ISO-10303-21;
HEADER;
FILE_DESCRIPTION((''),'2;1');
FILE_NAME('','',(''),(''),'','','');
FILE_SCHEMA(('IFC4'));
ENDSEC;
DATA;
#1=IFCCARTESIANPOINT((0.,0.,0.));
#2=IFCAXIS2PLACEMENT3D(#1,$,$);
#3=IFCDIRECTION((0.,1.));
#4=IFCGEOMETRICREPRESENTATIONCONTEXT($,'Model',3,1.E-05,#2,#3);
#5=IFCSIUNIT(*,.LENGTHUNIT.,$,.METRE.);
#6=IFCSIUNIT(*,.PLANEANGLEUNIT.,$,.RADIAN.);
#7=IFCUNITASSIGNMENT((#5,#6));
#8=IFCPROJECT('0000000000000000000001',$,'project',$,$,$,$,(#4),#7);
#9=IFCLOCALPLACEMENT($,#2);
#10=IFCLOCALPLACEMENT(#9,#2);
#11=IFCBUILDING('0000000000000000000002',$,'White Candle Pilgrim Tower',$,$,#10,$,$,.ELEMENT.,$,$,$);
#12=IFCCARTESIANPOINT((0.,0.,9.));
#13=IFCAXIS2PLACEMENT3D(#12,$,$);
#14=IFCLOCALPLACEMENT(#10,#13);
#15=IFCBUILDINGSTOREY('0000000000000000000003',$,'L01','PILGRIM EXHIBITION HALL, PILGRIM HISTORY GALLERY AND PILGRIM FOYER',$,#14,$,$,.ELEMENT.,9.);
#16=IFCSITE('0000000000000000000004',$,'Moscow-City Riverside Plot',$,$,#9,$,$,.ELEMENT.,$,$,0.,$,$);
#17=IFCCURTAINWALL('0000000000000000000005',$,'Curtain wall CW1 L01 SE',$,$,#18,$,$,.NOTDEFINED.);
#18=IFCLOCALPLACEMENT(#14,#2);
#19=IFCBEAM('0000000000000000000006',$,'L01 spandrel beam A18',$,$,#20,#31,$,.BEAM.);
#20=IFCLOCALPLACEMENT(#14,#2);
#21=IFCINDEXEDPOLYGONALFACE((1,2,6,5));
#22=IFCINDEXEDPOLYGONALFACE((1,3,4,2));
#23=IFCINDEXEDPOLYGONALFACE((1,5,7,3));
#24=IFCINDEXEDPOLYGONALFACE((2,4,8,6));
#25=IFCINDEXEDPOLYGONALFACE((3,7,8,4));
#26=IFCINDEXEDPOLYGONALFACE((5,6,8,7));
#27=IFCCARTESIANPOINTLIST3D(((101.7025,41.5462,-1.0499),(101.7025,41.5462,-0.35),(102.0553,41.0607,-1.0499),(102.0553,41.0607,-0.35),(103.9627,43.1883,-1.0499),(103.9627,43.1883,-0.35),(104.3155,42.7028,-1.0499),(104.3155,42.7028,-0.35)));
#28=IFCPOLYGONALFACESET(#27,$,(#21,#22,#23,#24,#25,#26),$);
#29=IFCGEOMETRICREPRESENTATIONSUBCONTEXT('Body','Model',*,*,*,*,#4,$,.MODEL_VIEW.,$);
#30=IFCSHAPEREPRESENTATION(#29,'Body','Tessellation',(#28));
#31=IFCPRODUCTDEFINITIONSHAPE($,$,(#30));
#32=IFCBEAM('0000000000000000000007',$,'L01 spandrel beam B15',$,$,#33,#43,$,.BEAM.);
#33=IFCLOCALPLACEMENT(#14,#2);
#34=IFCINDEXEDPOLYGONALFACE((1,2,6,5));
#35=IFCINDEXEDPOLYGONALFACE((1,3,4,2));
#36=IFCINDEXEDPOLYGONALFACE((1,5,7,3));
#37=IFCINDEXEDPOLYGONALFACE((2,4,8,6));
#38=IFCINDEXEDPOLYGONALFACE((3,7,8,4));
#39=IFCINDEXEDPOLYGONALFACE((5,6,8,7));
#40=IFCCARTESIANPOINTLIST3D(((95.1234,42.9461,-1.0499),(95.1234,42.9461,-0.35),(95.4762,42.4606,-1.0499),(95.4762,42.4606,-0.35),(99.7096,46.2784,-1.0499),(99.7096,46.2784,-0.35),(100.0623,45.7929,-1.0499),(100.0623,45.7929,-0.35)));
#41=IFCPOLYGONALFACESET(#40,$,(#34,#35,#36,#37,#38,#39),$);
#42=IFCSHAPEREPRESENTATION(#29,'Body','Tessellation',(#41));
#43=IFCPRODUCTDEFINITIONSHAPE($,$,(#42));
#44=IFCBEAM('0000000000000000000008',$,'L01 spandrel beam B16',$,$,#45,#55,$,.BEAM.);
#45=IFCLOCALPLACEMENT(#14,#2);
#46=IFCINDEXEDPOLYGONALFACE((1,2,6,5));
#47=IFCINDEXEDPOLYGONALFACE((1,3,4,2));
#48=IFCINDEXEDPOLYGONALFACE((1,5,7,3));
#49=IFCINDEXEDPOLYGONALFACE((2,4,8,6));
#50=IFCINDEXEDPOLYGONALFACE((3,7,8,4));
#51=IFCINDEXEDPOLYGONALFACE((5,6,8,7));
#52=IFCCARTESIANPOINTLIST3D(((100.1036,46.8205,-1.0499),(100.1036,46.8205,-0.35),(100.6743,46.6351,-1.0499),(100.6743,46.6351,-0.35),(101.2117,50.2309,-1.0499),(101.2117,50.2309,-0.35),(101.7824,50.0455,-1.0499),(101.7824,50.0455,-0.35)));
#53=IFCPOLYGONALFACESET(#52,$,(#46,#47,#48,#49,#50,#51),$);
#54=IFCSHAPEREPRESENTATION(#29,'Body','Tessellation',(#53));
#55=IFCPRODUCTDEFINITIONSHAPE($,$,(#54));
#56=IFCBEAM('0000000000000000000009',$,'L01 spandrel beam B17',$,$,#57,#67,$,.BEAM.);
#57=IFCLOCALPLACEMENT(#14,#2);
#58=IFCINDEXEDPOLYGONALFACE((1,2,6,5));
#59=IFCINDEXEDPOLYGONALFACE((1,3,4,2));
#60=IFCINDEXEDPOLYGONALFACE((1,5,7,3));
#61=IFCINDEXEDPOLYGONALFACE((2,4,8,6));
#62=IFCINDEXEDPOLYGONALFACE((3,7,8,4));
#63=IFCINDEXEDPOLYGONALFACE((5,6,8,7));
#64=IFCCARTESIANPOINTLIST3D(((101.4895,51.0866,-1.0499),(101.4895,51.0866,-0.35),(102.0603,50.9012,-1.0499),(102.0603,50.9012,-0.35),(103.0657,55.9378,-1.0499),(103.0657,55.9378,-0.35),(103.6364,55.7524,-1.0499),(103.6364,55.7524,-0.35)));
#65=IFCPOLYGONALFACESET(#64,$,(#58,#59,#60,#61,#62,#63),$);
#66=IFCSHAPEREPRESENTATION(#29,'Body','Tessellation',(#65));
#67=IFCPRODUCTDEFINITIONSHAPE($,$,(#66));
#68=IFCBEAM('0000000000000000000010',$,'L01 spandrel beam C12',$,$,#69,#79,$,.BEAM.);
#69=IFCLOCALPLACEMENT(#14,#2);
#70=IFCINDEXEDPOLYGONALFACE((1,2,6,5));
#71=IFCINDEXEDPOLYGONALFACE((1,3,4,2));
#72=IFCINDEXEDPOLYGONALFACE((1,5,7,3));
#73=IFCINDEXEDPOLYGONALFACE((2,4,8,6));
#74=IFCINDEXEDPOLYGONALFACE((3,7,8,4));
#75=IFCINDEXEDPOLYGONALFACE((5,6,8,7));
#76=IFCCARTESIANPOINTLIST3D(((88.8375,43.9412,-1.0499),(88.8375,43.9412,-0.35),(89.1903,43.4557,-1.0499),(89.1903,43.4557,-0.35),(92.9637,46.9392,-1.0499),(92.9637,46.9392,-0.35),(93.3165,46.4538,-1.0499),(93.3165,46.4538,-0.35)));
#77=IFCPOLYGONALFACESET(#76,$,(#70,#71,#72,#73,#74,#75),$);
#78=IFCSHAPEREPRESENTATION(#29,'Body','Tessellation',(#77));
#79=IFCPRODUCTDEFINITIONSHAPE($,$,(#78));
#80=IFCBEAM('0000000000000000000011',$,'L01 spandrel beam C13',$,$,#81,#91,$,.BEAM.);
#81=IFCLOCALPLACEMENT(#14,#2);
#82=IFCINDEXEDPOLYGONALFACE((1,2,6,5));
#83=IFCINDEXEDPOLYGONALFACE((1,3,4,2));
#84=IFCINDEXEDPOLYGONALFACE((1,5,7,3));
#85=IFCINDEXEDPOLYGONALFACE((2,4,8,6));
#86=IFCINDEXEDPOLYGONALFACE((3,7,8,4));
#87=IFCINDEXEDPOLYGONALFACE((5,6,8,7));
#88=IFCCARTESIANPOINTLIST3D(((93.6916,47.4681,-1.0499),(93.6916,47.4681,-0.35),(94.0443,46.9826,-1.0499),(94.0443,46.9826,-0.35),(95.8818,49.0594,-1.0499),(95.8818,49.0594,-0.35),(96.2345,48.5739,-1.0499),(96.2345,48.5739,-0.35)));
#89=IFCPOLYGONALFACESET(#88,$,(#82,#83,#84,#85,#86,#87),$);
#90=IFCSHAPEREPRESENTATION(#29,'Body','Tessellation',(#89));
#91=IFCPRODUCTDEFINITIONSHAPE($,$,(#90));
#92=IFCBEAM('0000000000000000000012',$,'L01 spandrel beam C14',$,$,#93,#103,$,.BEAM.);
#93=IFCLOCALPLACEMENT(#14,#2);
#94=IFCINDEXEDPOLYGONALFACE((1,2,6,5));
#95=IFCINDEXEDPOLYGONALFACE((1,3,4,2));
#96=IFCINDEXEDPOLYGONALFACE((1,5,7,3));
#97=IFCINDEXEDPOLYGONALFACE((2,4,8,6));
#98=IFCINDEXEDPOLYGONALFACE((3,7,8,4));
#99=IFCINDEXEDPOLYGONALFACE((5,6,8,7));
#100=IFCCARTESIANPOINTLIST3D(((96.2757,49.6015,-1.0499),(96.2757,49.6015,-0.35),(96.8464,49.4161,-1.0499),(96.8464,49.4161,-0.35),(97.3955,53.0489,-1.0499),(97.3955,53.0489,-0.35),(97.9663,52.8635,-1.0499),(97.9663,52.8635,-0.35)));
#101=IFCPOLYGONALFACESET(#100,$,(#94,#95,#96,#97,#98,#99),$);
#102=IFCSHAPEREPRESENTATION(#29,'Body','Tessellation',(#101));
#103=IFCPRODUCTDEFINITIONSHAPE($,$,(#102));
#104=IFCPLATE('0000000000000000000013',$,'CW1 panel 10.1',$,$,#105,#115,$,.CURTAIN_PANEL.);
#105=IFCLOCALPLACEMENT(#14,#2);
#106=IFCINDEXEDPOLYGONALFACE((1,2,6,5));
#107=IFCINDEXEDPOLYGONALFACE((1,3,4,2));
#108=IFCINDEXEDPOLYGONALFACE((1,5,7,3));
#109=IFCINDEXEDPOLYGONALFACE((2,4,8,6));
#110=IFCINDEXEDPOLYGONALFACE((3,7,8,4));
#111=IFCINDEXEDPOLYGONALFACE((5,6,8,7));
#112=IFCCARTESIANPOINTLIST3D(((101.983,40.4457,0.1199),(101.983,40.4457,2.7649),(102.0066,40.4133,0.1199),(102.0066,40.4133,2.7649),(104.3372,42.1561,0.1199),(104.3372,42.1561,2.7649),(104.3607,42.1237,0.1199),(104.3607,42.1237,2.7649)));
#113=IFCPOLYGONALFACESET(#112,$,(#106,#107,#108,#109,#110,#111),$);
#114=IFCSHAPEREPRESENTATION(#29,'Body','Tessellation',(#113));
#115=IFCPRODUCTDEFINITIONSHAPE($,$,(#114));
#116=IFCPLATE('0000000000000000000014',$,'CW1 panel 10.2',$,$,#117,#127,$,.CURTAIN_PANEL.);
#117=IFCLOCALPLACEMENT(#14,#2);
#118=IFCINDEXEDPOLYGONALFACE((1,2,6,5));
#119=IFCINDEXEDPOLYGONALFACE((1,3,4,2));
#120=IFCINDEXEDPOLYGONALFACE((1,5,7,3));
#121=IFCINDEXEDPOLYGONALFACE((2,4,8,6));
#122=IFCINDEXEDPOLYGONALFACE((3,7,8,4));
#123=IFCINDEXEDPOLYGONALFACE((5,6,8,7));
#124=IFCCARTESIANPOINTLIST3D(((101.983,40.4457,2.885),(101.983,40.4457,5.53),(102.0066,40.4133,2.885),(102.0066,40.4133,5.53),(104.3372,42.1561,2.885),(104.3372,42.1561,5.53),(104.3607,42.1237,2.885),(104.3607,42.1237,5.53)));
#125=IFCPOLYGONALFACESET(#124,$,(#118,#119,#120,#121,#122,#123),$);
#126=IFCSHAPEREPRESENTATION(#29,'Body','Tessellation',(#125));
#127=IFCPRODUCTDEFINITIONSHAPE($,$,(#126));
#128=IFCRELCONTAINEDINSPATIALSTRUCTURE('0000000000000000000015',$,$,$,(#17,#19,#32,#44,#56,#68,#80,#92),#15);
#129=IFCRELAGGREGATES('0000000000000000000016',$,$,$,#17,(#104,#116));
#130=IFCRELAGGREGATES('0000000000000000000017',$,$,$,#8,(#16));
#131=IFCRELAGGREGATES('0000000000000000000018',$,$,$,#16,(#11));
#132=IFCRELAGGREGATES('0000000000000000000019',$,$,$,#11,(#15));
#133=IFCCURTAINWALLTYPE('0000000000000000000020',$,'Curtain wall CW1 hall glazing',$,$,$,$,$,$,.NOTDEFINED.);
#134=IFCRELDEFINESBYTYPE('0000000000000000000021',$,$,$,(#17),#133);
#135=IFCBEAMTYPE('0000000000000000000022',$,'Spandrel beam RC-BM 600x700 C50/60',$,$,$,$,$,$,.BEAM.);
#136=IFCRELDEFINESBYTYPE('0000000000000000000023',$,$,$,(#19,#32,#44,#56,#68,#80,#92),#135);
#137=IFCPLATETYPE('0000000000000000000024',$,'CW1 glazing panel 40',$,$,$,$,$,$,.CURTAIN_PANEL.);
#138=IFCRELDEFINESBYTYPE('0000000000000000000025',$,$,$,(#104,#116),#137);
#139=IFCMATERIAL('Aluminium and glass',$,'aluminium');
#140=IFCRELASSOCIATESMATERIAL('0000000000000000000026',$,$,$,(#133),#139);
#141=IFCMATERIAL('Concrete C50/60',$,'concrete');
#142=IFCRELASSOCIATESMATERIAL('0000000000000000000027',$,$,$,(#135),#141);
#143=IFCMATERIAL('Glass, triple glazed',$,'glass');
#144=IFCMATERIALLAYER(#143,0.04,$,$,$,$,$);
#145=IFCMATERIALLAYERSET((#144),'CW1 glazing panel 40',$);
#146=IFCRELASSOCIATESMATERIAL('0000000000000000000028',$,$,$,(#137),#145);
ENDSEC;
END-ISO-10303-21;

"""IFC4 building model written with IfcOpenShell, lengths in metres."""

from ifc_helpers import new_model, si_unit, direction, frame, origin, origin_2d, place, context, subcontext, project, spatial, rectangle, extrude, material, layer, layer_set, material_profile, profile_set, type_object, element, aggregate, save


model = new_model("IFC4")

# Units and contexts
model_context = context("Model", 3, precision=1e-05, world=origin(), true_north=direction((0.0, 1.0)))
body_context = subcontext(model_context, "Body", "Model", "MODEL_VIEW")
ifc_project = project(units=[si_unit("LENGTHUNIT", "METRE"), si_unit("PLANEANGLEUNIT", "RADIAN")], contexts=[model_context])

# Site, building, storey
site_placement = place(None, origin())
site = spatial("IfcSite", under=ifc_project, at=site_placement, Name="Moscow-City Riverside Plot", CompositionType="ELEMENT", RefElevation=0.0)
building_placement = place(site_placement, origin())
building = spatial("IfcBuilding", under=site, at=building_placement, Name="White Candle Pilgrim Tower", CompositionType="ELEMENT")
storey_placement = place(building_placement, frame((0.0, 0.0, 9.0)))
storey = spatial("IfcBuildingStorey", under=building, at=storey_placement, Name="L01", Description="PILGRIM EXHIBITION HALL, PILGRIM HISTORY GALLERY AND PILGRIM FOYER", CompositionType="ELEMENT", Elevation=9.0)

# Curtain wall
ifc_material_1 = material(Name="Aluminium and glass", Category="aluminium")
curtain_wall_type = type_object("IfcCurtainWallType", Name="Curtain wall CW1 hall glazing", PredefinedType="NOTDEFINED", material=ifc_material_1)
curtain_wall_placement = place(storey_placement, origin())
curtain_wall = element("IfcCurtainWall", 1, at=curtain_wall_placement, inside=storey, type_object=curtain_wall_type, Name="Curtain wall CW1 L01 SE", PredefinedType="NOTDEFINED")

# Beams
ifc_material_2 = material(Name="Concrete C50/60", Category="concrete")
ifc_material_profile_1 = material_profile(ifc_material_2, rectangle(XDim=0.6001, YDim=0.7, at=origin_2d()), Name="RC-BM 600x700")
ifc_profile_set_1 = profile_set([ifc_material_profile_1], Name="Concrete C50/60")
beam_type = type_object("IfcBeamType", Name="Spandrel beam RC-BM 600x700 C50/60", PredefinedType="BEAM", material=ifc_profile_set_1)
beam_1_placement = place(storey_placement, frame((101.8789, 41.3035, -0.7), z_axis=(0.809031, 0.587766, 0.0), x_axis=(-0.587766, 0.809031, 0.0)))
element("IfcBeam", 2, at=beam_1_placement, inside=storey, type_object=beam_type, Name="L01 spandrel beam A18", PredefinedType="BEAM", context=body_context, shape_type="SweptSolid", body=[
    extrude(rectangle(XDim=0.6001, YDim=0.7, at=origin_2d()), origin(), (0.0, 0.0, 1.0), 2.7937),
])
beam_2_placement = place(storey_placement, frame((95.2998, 42.7034, -0.7), z_axis=(0.808999, 0.587811, 0.0), x_axis=(-0.587811, 0.808999, 0.0)))
element("IfcBeam", 3, at=beam_2_placement, inside=storey, type_object=beam_type, Name="L01 spandrel beam B15", PredefinedType="BEAM", context=body_context, shape_type="SweptSolid", body=[
    extrude(rectangle(XDim=0.6001, YDim=0.7, at=origin_2d()), origin(), (0.0, 0.0, 1.0), 5.6689),
])
beam_3_placement = place(storey_placement, frame((100.3889, 46.7278, -0.7), z_axis=(0.309029, 0.951053, 0.0), x_axis=(-0.951053, 0.309029, 0.0)))
element("IfcBeam", 4, at=beam_3_placement, inside=storey, type_object=beam_type, Name="L01 spandrel beam B16", PredefinedType="BEAM", context=body_context, shape_type="SweptSolid", body=[
    extrude(rectangle(XDim=0.6001, YDim=0.7, at=origin_2d()), origin(), (0.0, 0.0, 1.0), 3.5859),
])
beam_4_placement = place(storey_placement, frame((101.7749, 50.9939, -0.7), z_axis=(0.308996, 0.951063, 0.0), x_axis=(-0.951063, 0.308996, 0.0)))
element("IfcBeam", 5, at=beam_4_placement, inside=storey, type_object=beam_type, Name="L01 spandrel beam B17", PredefinedType="BEAM", context=body_context, shape_type="SweptSolid", body=[
    extrude(rectangle(XDim=0.6001, YDim=0.7, at=origin_2d()), origin(), (0.0, 0.0, 1.0), 5.1008),
])
beam_5_placement = place(storey_placement, frame((89.0139, 43.6985, -0.7), z_axis=(0.809001, 0.587807, 0.0), x_axis=(-0.587807, 0.809001, 0.0)))
element("IfcBeam", 6, at=beam_5_placement, inside=storey, type_object=beam_type, Name="L01 spandrel beam C12", PredefinedType="BEAM", context=body_context, shape_type="SweptSolid", body=[
    extrude(rectangle(XDim=0.6001, YDim=0.7, at=origin_2d()), origin(), (0.0, 0.0, 1.0), 5.1003),
])
beam_6_placement = place(storey_placement, frame((93.8679, 47.2253, -0.7), z_axis=(0.809009, 0.587796, 0.0), x_axis=(-0.587796, 0.809009, 0.0)))
element("IfcBeam", 7, at=beam_6_placement, inside=storey, type_object=beam_type, Name="L01 spandrel beam C13", PredefinedType="BEAM", context=body_context, shape_type="SweptSolid", body=[
    extrude(rectangle(XDim=0.6001, YDim=0.7, at=origin_2d()), origin(), (0.0, 0.0, 1.0), 2.7073),
])
beam_7_placement = place(storey_placement, frame((96.561, 49.5088, -0.7), z_axis=(0.308944, 0.95108, 0.0), x_axis=(-0.95108, 0.308944, 0.0)))
element("IfcBeam", 8, at=beam_7_placement, inside=storey, type_object=beam_type, Name="L01 spandrel beam C14", PredefinedType="BEAM", context=body_context, shape_type="SweptSolid", body=[
    extrude(rectangle(XDim=0.6001, YDim=0.7, at=origin_2d()), origin(), (0.0, 0.0, 1.0), 3.6248),
])

# Plates
ifc_material_3 = material(Name="Glass, triple glazed", Category="glass")
ifc_layer_1 = layer(ifc_material_3, 0.04)
ifc_layer_set_1 = layer_set([ifc_layer_1], Name="CW1 glazing panel 40")
plate_type = type_object("IfcPlateType", Name="CW1 glazing panel 40", PredefinedType="CURTAIN_PANEL", material=ifc_layer_set_1)
plate_1_placement = place(storey_placement, frame((103.1719, 41.2847, 0.1199), z_axis=(0.0, 0.0, 1.0), x_axis=(0.809017, 0.587785, 0.0)))
plate_1 = element("IfcPlate", 9, at=plate_1_placement, type_object=plate_type, Name="CW1 panel 10.1", PredefinedType="CURTAIN_PANEL", context=body_context, shape_type="SweptSolid", body=[
    extrude(rectangle(XDim=2.9099, YDim=0.04, at=origin_2d()), origin(), (0.0, 0.0, 1.0), 2.645),
])
plate_2_placement = place(storey_placement, frame((103.1719, 41.2847, 2.885), z_axis=(0.0, 0.0, 1.0), x_axis=(0.809017, 0.587785, 0.0)))
plate_2 = element("IfcPlate", 10, at=plate_2_placement, type_object=plate_type, Name="CW1 panel 10.2", PredefinedType="CURTAIN_PANEL", context=body_context, shape_type="SweptSolid", body=[
    extrude(rectangle(XDim=2.9099, YDim=0.04, at=origin_2d()), origin(), (0.0, 0.0, 1.0), 2.645),
])
aggregate(curtain_wall, [plate_1, plate_2])

save(model, "model.ifc")
